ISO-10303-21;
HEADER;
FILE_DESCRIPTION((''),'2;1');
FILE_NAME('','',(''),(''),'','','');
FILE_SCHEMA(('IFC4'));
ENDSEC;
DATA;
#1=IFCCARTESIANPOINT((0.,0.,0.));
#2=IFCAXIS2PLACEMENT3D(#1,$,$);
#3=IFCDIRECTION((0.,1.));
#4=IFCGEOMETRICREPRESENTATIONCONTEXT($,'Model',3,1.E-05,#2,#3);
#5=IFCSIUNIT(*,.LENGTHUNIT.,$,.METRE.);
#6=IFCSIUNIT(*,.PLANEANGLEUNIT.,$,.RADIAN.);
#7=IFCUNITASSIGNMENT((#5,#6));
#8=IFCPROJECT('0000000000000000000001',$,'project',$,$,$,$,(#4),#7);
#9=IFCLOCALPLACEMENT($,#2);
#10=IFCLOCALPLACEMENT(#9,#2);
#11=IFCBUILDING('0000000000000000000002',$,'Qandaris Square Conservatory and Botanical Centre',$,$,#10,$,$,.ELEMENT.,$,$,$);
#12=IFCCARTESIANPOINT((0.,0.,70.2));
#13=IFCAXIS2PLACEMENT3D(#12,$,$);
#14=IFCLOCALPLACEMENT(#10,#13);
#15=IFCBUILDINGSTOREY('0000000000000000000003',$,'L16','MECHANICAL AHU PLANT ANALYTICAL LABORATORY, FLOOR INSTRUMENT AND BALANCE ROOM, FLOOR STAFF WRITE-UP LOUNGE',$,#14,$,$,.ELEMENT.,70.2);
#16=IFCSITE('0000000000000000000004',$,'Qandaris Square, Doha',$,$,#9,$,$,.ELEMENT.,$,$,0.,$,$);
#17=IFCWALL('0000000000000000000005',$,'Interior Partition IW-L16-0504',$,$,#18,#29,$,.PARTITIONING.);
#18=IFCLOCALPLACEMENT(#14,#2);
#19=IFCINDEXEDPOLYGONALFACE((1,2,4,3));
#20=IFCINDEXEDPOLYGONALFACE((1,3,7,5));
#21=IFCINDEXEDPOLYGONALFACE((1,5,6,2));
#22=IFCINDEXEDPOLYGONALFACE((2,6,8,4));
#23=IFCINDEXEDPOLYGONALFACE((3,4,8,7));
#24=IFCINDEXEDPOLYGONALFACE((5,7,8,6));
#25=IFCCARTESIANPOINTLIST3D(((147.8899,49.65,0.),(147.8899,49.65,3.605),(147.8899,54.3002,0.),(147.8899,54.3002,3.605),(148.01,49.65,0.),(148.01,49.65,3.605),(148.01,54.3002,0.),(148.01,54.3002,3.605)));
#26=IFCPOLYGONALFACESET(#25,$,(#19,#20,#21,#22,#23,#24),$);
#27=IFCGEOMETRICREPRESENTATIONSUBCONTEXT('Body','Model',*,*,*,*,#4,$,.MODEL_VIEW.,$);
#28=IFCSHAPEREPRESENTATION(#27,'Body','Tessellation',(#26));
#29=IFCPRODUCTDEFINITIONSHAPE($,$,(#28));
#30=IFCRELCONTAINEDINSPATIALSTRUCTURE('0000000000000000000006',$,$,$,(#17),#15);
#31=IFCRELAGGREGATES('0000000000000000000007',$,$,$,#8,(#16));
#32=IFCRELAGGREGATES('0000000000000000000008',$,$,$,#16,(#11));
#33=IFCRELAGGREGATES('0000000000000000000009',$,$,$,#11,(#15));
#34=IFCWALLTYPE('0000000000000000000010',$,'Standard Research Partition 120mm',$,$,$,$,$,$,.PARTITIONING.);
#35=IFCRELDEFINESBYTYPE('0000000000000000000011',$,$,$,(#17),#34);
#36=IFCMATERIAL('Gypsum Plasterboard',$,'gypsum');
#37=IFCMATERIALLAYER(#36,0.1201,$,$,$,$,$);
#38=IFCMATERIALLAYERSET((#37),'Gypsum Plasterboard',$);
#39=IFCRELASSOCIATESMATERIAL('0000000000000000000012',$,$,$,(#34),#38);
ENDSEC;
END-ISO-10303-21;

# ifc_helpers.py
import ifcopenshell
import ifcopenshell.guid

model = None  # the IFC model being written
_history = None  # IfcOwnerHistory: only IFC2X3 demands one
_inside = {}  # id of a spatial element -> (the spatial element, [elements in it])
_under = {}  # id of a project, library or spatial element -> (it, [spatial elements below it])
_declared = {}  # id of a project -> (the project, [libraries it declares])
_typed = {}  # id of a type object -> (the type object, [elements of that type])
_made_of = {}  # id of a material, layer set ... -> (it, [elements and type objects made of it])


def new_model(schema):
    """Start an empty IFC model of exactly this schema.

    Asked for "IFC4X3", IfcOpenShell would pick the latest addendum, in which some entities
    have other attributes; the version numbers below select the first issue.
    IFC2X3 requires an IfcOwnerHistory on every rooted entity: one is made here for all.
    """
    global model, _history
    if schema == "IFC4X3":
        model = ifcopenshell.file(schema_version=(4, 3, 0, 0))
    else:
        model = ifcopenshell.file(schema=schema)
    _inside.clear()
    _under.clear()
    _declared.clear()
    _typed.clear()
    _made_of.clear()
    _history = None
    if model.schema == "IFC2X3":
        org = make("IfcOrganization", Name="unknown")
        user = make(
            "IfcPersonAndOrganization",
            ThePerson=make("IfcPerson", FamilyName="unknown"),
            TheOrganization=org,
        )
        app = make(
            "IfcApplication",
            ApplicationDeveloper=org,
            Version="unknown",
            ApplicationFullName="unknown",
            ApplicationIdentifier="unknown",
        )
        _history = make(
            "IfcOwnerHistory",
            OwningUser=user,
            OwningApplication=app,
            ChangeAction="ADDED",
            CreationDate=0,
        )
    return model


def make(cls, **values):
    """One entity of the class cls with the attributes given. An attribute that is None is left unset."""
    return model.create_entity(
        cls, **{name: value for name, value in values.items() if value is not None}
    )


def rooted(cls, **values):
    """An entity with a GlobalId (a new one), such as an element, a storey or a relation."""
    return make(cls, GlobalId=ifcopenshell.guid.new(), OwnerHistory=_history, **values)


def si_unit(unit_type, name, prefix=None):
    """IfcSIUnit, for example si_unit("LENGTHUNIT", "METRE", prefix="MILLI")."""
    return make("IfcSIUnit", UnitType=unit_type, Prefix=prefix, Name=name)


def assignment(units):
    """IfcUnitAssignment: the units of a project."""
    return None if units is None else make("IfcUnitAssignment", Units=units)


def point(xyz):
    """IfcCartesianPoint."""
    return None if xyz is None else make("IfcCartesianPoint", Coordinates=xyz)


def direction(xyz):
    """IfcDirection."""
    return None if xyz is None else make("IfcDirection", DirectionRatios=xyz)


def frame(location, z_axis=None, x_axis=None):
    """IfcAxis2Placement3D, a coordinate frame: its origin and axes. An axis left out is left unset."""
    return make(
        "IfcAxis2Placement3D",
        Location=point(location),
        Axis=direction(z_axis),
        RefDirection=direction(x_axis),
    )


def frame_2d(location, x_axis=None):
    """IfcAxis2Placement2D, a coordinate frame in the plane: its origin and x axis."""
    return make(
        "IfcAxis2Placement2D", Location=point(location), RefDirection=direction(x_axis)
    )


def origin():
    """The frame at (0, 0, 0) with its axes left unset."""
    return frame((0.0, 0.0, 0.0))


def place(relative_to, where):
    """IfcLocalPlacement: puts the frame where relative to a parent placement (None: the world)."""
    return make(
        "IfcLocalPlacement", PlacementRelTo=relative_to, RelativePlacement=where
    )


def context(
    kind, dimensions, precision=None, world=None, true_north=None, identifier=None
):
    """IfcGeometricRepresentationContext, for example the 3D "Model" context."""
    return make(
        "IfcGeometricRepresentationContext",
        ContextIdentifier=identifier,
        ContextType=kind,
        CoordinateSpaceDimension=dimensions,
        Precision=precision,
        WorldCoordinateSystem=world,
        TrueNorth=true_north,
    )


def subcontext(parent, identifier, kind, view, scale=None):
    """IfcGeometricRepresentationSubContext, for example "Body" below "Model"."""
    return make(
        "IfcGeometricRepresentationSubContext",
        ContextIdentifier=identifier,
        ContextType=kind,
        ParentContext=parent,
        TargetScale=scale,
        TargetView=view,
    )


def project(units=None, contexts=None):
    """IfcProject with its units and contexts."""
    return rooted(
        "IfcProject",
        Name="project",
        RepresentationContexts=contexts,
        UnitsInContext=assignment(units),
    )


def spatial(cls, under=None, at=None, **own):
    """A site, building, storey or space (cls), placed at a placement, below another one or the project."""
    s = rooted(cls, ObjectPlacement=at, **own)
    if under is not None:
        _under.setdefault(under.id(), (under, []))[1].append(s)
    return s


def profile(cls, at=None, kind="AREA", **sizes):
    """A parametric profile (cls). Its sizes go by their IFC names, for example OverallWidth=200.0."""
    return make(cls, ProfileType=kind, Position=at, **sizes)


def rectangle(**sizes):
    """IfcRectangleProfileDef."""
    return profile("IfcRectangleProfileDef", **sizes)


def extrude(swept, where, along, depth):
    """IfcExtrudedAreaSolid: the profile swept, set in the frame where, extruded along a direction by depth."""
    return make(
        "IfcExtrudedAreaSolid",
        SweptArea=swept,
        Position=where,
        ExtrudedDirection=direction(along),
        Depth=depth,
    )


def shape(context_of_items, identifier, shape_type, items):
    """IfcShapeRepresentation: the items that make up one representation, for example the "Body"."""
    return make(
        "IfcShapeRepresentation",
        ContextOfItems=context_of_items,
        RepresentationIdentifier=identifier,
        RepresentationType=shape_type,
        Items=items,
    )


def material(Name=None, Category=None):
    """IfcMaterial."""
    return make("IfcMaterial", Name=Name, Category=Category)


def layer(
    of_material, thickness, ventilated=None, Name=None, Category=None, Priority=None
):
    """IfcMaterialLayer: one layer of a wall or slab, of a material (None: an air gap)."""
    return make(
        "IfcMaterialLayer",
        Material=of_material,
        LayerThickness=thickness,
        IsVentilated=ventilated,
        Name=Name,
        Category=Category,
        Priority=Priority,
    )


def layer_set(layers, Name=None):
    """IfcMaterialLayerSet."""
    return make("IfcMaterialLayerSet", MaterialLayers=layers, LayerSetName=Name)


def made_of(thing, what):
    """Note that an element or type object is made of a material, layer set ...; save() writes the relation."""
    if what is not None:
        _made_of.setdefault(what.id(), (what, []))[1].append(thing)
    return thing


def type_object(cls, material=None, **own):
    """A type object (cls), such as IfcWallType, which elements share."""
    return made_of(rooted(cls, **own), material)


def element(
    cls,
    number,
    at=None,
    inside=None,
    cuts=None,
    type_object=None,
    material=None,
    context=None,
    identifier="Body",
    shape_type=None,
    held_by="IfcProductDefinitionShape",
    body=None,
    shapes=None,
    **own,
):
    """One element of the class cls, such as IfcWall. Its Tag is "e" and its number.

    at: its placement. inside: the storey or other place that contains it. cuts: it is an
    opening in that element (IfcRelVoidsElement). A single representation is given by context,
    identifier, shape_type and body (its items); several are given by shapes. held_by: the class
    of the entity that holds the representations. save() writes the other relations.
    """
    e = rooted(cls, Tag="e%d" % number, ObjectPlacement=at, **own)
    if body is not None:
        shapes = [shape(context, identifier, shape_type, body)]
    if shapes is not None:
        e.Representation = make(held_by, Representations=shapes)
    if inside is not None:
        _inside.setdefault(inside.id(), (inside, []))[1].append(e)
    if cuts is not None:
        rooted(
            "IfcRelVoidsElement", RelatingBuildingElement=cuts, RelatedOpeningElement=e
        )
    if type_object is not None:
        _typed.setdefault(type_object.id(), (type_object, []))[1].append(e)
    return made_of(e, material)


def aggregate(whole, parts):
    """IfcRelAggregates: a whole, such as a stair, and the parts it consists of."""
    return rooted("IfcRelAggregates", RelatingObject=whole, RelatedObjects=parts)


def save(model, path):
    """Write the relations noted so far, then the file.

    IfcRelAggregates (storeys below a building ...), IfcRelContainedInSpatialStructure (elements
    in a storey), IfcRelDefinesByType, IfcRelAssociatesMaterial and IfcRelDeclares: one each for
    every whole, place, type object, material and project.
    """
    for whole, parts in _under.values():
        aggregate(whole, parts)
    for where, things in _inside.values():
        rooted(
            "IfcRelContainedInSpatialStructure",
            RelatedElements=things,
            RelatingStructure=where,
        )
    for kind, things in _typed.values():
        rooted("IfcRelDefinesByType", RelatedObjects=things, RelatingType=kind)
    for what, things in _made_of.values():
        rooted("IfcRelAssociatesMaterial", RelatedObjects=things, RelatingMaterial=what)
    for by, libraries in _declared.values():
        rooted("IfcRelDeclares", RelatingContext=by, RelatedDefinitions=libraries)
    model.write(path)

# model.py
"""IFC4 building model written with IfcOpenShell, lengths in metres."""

from ifc_helpers import new_model, si_unit, direction, frame, frame_2d, origin, place, context, subcontext, project, spatial, rectangle, extrude, material, layer, layer_set, type_object, element, save


model = new_model("IFC4")

# Units and contexts
model_context = context("Model", 3, precision=1e-05, world=origin(), true_north=direction((0.0, 1.0)))
body_context = subcontext(model_context, "Body", "Model", "MODEL_VIEW")
ifc_project = project(units=[si_unit("LENGTHUNIT", "METRE"), si_unit("PLANEANGLEUNIT", "RADIAN")], contexts=[model_context])

# Site, building, storey
site_placement = place(None, origin())
site = spatial("IfcSite", under=ifc_project, at=site_placement, Name="Qandaris Square, Doha", CompositionType="ELEMENT", RefElevation=0.0)
building_placement = place(site_placement, origin())
building = spatial("IfcBuilding", under=site, at=building_placement, Name="Qandaris Square Conservatory and Botanical Centre", CompositionType="ELEMENT")
storey_placement = place(building_placement, frame((0.0, 0.0, 70.2)))
storey = spatial("IfcBuildingStorey", under=building, at=storey_placement, Name="L16", Description="MECHANICAL AHU PLANT ANALYTICAL LABORATORY, FLOOR INSTRUMENT AND BALANCE ROOM, FLOOR STAFF WRITE-UP LOUNGE", CompositionType="ELEMENT", Elevation=70.2)

# Shared definitions
ifc_material_1 = material(Name="Gypsum Plasterboard", Category="gypsum")
ifc_layer_1 = layer(ifc_material_1, 0.1201)
ifc_layer_set_1 = layer_set([ifc_layer_1], Name="Gypsum Plasterboard")
wall_type_1 = type_object("IfcWallType", Name="Standard Research Partition 120mm", PredefinedType="PARTITIONING", material=ifc_layer_set_1)

# Wall
wall_1_placement = place(storey_placement, frame((147.95, 49.6499, 0.0), z_axis=(0.0, 0.0, 1.0), x_axis=(0.0, 1.0, 0.0)))
element("IfcWall", 1, at=wall_1_placement, inside=storey, type_object=wall_type_1, Name="Interior Partition IW-L16-0504", PredefinedType="PARTITIONING", context=body_context, shape_type="SweptSolid", body=[
    extrude(rectangle(XDim=4.6501, YDim=0.1201, at=frame_2d((2.3252, 0.0))), origin(), (0.0, 0.0, 1.0), 3.605),
])

save(model, "model.ifc")
